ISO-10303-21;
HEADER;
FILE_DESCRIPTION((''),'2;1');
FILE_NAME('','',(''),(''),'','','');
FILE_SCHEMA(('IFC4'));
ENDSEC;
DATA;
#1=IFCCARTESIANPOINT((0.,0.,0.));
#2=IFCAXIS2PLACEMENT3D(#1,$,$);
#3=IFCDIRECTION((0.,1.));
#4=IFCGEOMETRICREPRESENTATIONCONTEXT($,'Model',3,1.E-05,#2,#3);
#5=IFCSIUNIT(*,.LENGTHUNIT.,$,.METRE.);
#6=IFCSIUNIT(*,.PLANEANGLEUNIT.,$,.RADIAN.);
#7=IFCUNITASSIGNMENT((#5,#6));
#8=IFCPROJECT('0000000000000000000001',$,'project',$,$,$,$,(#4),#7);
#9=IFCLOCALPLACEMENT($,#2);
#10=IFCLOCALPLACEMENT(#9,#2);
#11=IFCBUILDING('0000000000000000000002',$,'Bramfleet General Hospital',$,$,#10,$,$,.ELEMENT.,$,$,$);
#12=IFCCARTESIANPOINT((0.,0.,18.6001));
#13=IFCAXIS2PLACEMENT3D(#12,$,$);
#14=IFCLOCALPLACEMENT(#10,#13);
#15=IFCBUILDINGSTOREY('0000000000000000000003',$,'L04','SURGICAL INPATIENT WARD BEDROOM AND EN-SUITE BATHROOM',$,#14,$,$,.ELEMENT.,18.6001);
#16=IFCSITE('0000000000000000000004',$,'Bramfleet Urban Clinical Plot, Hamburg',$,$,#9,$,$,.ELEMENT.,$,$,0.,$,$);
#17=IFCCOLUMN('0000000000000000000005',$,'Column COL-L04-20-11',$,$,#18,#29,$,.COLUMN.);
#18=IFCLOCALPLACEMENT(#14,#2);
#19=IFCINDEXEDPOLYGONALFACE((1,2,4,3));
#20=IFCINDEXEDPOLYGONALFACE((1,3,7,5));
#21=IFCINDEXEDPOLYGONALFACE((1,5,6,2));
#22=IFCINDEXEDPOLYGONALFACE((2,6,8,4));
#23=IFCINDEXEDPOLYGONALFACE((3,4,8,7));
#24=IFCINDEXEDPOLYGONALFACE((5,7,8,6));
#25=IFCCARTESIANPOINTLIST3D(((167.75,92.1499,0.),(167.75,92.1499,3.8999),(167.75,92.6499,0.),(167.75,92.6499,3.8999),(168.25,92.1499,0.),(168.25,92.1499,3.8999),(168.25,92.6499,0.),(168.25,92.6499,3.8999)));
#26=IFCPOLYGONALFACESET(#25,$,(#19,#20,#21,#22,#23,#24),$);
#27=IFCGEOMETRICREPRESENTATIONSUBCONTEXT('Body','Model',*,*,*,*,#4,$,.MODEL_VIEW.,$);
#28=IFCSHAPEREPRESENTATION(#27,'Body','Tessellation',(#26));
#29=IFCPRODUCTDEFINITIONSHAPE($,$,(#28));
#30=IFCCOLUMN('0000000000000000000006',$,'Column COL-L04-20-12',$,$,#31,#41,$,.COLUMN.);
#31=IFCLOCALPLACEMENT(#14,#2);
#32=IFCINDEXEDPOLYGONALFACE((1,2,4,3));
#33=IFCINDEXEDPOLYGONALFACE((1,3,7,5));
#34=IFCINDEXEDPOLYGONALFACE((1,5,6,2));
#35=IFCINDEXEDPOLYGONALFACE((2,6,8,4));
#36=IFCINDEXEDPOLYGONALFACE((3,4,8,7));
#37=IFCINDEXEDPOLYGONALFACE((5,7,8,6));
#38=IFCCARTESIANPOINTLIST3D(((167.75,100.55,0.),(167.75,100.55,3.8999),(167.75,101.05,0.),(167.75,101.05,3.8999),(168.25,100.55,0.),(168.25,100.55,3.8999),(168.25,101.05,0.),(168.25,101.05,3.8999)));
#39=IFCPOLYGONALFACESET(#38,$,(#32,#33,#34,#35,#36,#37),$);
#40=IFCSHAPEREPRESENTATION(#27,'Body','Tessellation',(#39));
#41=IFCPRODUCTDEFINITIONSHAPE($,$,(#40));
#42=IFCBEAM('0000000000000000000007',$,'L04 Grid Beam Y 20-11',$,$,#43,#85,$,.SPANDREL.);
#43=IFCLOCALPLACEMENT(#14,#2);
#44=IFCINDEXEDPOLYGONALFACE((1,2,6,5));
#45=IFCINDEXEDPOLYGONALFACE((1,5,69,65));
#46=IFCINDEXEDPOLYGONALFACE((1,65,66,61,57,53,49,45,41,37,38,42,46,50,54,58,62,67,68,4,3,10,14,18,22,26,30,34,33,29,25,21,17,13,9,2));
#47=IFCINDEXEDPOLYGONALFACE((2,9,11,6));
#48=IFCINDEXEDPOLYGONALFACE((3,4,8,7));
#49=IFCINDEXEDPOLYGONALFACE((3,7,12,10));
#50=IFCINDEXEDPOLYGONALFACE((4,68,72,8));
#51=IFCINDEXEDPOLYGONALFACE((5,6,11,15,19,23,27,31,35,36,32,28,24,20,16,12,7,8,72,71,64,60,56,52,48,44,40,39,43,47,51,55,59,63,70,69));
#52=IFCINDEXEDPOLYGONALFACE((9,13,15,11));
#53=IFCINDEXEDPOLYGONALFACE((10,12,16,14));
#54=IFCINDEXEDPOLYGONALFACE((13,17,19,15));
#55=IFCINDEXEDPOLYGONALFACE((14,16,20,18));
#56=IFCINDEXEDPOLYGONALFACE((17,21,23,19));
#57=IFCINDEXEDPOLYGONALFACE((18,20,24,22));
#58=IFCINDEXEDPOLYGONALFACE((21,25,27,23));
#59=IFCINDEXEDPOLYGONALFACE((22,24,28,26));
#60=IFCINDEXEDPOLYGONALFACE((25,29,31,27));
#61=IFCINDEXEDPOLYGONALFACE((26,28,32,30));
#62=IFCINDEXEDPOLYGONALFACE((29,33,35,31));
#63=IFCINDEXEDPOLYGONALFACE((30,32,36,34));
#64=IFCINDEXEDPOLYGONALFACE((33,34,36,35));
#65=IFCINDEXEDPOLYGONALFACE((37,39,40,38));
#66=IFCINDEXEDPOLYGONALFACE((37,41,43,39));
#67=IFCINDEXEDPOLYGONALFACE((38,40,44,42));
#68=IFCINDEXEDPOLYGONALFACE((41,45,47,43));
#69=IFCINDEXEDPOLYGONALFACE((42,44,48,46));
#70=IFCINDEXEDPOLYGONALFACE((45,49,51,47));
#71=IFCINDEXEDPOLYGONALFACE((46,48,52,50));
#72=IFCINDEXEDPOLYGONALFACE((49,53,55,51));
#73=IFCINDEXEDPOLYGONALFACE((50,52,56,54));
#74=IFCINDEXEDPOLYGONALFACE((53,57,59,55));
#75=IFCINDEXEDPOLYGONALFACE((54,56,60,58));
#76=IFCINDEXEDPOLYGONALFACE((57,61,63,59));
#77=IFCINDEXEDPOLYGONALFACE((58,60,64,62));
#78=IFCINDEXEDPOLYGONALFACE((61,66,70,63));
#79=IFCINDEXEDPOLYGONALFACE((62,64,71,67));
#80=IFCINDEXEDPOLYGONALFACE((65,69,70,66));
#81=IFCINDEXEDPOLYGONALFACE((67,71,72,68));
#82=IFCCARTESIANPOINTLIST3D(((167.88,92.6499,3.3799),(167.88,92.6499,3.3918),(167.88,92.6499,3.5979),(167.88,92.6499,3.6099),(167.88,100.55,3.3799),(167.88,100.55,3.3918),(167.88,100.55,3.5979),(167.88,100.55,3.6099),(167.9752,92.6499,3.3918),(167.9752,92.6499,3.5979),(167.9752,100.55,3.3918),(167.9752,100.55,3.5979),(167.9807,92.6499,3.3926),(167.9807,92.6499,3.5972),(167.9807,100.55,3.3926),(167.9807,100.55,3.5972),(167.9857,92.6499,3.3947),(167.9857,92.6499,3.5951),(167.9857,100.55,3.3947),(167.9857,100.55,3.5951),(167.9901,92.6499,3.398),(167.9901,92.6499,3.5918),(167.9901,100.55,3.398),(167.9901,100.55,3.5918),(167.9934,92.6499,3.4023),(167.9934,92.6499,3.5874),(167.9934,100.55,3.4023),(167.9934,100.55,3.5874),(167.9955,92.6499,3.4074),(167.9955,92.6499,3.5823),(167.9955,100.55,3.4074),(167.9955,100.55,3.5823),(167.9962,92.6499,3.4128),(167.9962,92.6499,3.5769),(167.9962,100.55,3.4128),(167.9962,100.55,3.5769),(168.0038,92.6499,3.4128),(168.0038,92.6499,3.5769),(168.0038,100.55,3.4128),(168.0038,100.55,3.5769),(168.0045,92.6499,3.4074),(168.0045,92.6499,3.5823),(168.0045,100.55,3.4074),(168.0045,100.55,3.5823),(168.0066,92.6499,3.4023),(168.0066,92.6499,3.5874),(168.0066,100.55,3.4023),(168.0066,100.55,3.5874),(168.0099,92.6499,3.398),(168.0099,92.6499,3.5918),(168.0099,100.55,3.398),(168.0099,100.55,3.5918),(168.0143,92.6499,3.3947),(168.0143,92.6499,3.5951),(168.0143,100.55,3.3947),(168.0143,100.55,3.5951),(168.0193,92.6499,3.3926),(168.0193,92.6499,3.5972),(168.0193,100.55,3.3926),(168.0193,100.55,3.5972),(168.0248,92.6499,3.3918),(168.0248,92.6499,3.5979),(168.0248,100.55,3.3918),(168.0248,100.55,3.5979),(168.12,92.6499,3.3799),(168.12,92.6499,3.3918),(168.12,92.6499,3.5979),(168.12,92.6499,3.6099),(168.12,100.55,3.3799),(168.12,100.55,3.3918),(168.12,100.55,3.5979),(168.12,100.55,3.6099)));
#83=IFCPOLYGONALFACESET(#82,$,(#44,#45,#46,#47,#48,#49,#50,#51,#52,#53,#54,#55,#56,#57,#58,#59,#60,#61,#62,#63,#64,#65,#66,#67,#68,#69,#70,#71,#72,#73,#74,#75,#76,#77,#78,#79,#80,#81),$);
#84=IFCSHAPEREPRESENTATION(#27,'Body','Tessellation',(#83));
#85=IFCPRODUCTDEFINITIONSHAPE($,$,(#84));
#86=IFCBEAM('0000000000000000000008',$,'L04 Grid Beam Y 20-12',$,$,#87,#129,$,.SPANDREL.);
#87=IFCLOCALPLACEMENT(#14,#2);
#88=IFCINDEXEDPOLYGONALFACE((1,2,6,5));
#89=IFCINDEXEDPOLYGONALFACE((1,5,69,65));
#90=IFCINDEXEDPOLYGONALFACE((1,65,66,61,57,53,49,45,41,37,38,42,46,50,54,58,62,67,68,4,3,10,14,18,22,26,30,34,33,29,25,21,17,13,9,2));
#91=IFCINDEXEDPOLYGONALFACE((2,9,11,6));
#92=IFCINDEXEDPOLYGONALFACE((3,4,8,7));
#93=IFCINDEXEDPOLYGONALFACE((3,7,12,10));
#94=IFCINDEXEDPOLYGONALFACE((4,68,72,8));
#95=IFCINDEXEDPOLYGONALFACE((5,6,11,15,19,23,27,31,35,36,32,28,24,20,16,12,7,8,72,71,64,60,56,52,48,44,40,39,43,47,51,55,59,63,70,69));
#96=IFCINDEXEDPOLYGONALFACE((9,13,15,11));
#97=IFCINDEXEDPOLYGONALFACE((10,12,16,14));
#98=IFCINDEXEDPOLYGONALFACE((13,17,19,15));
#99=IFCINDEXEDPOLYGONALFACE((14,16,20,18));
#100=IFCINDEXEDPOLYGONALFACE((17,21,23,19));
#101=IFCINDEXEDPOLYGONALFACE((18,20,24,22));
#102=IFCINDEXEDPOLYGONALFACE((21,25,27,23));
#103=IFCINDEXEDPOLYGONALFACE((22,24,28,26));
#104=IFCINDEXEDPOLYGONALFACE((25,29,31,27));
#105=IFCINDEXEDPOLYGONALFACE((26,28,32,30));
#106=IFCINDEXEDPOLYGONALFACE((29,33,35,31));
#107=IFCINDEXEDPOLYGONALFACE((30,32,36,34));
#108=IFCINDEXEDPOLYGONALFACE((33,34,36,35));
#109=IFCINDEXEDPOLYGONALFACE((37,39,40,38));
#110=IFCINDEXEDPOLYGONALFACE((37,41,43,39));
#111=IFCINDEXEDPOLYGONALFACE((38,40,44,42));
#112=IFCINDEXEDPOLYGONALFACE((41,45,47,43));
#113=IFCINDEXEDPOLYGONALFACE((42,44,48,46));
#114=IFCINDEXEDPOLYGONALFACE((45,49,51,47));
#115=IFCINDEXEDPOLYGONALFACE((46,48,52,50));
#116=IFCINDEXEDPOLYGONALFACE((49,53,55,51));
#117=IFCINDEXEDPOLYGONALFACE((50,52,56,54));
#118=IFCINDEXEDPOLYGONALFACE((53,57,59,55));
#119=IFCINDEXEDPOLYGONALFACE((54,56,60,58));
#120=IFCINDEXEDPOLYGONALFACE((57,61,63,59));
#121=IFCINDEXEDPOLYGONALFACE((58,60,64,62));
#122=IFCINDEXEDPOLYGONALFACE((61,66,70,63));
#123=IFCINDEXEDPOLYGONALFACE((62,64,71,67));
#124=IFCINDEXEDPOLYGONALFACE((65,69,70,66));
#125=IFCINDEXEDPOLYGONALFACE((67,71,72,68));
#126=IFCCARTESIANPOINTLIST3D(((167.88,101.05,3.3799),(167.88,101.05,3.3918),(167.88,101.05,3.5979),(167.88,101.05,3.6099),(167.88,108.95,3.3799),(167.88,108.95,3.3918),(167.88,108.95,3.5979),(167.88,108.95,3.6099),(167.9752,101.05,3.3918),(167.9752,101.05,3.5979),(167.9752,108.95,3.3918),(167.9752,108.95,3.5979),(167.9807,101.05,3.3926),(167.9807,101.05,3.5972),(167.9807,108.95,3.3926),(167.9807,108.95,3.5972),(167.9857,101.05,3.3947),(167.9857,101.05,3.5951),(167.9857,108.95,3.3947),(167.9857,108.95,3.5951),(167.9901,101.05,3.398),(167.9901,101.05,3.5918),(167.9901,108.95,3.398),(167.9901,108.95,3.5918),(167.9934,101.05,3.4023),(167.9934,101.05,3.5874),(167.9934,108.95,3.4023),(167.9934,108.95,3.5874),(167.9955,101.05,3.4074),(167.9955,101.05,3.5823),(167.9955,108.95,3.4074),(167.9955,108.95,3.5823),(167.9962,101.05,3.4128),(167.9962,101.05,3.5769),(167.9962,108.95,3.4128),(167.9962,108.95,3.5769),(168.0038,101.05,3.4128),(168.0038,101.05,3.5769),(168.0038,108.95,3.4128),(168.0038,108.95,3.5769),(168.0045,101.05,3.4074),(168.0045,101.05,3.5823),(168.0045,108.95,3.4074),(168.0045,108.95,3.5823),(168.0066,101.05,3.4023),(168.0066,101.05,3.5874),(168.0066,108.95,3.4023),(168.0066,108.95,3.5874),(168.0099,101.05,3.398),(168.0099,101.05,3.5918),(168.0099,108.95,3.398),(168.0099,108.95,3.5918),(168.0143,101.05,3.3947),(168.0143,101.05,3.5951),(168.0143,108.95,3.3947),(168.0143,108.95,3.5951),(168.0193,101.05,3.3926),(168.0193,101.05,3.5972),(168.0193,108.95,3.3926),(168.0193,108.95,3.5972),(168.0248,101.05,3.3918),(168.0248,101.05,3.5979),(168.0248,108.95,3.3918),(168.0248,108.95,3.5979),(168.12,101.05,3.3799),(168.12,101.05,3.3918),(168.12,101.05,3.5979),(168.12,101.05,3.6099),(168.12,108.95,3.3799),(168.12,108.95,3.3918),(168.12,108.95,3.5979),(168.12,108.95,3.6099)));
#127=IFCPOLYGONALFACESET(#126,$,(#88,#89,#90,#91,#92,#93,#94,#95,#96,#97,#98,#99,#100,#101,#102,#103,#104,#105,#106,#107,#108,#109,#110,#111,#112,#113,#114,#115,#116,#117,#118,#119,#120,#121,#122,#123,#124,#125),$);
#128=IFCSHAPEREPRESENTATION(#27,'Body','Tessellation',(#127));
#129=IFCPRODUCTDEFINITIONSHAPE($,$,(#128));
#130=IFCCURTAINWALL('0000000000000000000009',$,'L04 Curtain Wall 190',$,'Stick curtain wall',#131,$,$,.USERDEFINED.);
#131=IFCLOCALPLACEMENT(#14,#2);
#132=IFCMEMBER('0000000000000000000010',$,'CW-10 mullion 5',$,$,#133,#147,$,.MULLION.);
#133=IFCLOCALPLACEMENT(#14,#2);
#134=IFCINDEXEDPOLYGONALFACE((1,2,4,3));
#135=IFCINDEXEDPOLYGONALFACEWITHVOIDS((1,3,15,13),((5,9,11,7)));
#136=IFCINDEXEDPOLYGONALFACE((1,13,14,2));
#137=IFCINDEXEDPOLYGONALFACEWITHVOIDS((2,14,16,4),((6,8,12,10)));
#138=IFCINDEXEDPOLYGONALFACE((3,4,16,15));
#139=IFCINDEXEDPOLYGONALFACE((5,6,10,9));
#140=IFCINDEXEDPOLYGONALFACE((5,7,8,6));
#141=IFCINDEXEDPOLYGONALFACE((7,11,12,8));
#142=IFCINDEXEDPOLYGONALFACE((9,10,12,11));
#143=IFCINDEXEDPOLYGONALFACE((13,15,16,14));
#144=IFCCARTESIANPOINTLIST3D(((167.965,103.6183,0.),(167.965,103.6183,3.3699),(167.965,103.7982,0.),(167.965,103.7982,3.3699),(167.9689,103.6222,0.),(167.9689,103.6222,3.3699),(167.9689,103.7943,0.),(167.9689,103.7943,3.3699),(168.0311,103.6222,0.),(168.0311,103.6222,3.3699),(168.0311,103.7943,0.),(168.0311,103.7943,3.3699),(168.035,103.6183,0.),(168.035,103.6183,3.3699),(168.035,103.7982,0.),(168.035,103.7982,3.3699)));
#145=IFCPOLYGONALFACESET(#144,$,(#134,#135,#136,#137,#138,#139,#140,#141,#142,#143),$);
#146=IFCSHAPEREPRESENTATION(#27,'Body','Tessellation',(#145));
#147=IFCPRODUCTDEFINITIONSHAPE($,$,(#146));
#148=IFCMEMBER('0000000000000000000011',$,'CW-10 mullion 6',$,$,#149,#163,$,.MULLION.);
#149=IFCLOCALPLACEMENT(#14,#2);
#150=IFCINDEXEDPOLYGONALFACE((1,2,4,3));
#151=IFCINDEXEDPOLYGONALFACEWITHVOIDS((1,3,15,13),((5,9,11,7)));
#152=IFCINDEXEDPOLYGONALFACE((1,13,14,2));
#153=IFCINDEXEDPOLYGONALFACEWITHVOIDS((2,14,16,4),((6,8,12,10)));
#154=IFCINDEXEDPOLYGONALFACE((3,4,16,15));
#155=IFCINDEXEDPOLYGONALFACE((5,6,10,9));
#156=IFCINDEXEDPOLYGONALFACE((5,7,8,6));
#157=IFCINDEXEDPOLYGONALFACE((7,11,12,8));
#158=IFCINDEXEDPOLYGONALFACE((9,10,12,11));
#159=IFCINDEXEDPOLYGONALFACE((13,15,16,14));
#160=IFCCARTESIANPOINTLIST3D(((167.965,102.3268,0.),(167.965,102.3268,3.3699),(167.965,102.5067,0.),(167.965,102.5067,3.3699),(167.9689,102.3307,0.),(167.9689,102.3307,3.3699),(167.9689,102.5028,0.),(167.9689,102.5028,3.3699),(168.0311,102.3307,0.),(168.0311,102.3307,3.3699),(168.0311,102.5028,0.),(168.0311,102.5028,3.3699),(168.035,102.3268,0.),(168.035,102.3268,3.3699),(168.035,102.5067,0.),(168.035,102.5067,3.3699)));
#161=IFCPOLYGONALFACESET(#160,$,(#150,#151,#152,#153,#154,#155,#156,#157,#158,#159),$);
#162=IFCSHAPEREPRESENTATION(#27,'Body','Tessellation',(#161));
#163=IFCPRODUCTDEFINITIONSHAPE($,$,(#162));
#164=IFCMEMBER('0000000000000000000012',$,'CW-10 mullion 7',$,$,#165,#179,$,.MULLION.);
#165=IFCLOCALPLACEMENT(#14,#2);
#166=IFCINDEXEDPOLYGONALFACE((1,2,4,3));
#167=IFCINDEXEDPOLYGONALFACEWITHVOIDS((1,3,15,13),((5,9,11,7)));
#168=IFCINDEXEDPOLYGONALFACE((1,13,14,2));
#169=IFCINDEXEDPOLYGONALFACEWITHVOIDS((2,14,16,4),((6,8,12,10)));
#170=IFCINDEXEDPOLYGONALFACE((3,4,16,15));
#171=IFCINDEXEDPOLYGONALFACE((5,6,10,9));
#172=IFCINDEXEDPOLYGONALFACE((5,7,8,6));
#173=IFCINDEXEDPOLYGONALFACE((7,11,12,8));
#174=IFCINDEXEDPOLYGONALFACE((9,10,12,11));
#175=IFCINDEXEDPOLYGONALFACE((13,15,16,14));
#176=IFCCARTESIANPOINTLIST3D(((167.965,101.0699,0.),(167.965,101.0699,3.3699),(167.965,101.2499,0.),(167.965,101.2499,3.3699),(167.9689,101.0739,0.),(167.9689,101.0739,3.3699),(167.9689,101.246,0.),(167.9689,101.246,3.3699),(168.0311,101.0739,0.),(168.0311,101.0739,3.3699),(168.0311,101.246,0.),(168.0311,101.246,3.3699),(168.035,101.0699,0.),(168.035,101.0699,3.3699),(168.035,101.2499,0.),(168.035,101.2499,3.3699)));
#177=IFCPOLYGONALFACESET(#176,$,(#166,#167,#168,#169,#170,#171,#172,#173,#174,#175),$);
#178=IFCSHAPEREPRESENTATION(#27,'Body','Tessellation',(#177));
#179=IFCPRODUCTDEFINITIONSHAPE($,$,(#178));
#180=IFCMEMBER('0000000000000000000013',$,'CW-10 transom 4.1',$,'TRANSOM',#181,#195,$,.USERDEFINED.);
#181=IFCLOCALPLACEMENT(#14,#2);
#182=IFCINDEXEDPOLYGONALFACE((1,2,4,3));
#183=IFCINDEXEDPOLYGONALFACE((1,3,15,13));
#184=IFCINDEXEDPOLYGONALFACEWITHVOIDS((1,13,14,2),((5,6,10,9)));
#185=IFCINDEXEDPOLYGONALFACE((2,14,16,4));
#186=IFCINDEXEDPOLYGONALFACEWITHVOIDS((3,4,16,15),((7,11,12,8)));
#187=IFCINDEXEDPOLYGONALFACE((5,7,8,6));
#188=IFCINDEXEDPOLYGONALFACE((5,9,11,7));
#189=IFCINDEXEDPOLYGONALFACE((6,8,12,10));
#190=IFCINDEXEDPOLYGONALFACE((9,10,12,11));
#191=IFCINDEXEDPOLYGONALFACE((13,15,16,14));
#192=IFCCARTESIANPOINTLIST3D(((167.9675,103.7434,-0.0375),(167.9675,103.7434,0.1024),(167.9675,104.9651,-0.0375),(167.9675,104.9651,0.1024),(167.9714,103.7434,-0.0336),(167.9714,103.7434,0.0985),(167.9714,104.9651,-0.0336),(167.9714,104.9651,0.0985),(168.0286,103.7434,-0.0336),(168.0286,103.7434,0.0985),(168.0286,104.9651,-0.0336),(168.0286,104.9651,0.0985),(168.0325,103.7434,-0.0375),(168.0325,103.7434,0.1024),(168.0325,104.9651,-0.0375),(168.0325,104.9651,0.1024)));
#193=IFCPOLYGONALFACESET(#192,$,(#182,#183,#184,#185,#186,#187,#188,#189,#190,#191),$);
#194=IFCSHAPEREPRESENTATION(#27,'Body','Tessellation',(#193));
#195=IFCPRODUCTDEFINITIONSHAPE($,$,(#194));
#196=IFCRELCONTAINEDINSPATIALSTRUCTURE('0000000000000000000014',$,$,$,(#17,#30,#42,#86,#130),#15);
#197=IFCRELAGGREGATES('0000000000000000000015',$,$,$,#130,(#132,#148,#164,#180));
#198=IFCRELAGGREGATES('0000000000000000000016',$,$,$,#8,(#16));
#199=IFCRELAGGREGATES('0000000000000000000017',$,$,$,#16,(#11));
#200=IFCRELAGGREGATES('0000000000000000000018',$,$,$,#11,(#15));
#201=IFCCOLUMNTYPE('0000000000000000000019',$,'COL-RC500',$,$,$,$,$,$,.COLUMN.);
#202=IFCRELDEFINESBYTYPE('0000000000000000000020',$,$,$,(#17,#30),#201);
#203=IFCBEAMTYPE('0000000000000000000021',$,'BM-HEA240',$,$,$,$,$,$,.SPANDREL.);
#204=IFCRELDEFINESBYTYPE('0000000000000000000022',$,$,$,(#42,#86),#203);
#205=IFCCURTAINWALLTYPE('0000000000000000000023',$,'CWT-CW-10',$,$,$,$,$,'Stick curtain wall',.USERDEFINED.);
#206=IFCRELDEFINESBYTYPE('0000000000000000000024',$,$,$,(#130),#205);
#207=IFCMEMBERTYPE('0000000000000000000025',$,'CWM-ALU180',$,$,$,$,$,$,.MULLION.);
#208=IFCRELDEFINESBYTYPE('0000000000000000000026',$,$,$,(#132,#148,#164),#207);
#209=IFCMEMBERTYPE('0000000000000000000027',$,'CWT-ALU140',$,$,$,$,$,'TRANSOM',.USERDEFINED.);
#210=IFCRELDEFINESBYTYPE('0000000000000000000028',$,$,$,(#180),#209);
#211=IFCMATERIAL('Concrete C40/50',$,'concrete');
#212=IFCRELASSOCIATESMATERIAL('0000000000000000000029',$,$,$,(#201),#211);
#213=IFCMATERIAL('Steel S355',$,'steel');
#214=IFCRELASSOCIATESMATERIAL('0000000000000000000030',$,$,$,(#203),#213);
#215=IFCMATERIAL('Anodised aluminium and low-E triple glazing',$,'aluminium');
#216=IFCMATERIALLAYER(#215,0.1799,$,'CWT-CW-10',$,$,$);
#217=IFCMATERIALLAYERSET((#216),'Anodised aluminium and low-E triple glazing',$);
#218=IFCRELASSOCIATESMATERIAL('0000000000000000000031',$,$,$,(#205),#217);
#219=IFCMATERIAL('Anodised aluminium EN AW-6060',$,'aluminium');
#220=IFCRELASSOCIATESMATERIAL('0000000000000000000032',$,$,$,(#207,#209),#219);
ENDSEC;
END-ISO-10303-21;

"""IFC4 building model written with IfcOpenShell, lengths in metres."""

from ifc_helpers import new_model, si_unit, direction, frame, origin, origin_2d, place, context, subcontext, project, spatial, rectangle, hollow_rectangle, i_section, extrude, material, layer, layer_set, material_profile, profile_set, type_object, element, aggregate, save


model = new_model("IFC4")

# Units and contexts
model_context = context("Model", 3, precision=1e-05, world=origin(), true_north=direction((0.0, 1.0)))
body_context = subcontext(model_context, "Body", "Model", "MODEL_VIEW")
ifc_project = project(units=[si_unit("LENGTHUNIT", "METRE"), si_unit("PLANEANGLEUNIT", "RADIAN")], contexts=[model_context])

# Site, building, storey
site_placement = place(None, origin())
site = spatial("IfcSite", under=ifc_project, at=site_placement, Name="Bramfleet Urban Clinical Plot, Hamburg", CompositionType="ELEMENT", RefElevation=0.0)
building_placement = place(site_placement, origin())
building = spatial("IfcBuilding", under=site, at=building_placement, Name="Bramfleet General Hospital", CompositionType="ELEMENT")
storey_placement = place(building_placement, frame((0.0, 0.0, 18.6001)))
storey = spatial("IfcBuildingStorey", under=building, at=storey_placement, Name="L04", Description="SURGICAL INPATIENT WARD BEDROOM AND EN-SUITE BATHROOM", CompositionType="ELEMENT", Elevation=18.6001)

# Columns
ifc_material_1 = material(Name="Concrete C40/50", Category="concrete")
ifc_material_profile_1 = material_profile(ifc_material_1, rectangle(XDim=0.5, YDim=0.5, at=origin_2d()), Name="RC COL 500x500")
ifc_profile_set_1 = profile_set([ifc_material_profile_1], Name="Concrete C40/50")
column_type = type_object("IfcColumnType", Name="COL-RC500", PredefinedType="COLUMN", material=ifc_profile_set_1)
for number, where, z_axis, x_axis, name in (
    (1, (168.0, 92.3999, 0.0), (0.0, 0.0, 1.0), (1.0, 0.0, 0.0), "Column COL-L04-20-11"),
    (2, (168.0, 100.8, 0.0), (0.0, 0.0, 1.0), (1.0, 0.0, 0.0), "Column COL-L04-20-12"),
):
    element("IfcColumn", number, at=place(storey_placement, frame(where, z_axis=z_axis, x_axis=x_axis)), inside=storey, type_object=column_type, Name=name, PredefinedType="COLUMN", context=body_context, shape_type="SweptSolid", body=[
        extrude(rectangle(XDim=0.5, YDim=0.5, at=origin_2d()), origin(), (0.0, 0.0, 1.0), 3.8999),
    ])

# Beams
ifc_material_2 = material(Name="Steel S355", Category="steel")
ifc_material_profile_2 = material_profile(ifc_material_2, i_section(OverallWidth=0.24, OverallDepth=0.23, WebThickness=0.0076, FlangeThickness=0.012, FilletRadius=0.021, at=origin_2d()), Name="HEA 240")
ifc_profile_set_2 = profile_set([ifc_material_profile_2], Name="Steel S355")
beam_type = type_object("IfcBeamType", Name="BM-HEA240", PredefinedType="SPANDREL", material=ifc_profile_set_2)
beam_1_placement = place(storey_placement, frame((168.0, 92.6499, 3.4949), z_axis=(0.0, 1.0, 0.0), x_axis=(-1.0, 0.0, 0.0)))
element("IfcBeam", 3, at=beam_1_placement, inside=storey, type_object=beam_type, Name="L04 Grid Beam Y 20-11", PredefinedType="SPANDREL", context=body_context, shape_type="SweptSolid", body=[
    extrude(i_section(OverallWidth=0.24, OverallDepth=0.23, WebThickness=0.0076, FlangeThickness=0.012, FilletRadius=0.021, at=origin_2d()), origin(), (0.0, 0.0, 1.0), 7.9001),
])
beam_2_placement = place(storey_placement, frame((168.0, 101.05, 3.4949), z_axis=(0.0, 1.0, 0.0), x_axis=(-1.0, 0.0, 0.0)))
element("IfcBeam", 4, at=beam_2_placement, inside=storey, type_object=beam_type, Name="L04 Grid Beam Y 20-12", PredefinedType="SPANDREL", context=body_context, shape_type="SweptSolid", body=[
    extrude(i_section(OverallWidth=0.24, OverallDepth=0.23, WebThickness=0.0076, FlangeThickness=0.012, FilletRadius=0.021, at=origin_2d()), origin(), (0.0, 0.0, 1.0), 7.8999),
])

# Curtain wall, members
ifc_material_3 = material(Name="Anodised aluminium and low-E triple glazing", Category="aluminium")
ifc_layer_1 = layer(ifc_material_3, 0.1799, Name="CWT-CW-10")
ifc_layer_set_1 = layer_set([ifc_layer_1], Name="Anodised aluminium and low-E triple glazing")
curtain_wall_type = type_object("IfcCurtainWallType", Name="CWT-CW-10", ElementType="Stick curtain wall", PredefinedType="USERDEFINED", material=ifc_layer_set_1)
curtain_wall_placement = place(storey_placement, origin())
curtain_wall = element("IfcCurtainWall", 5, at=curtain_wall_placement, inside=storey, type_object=curtain_wall_type, Name="L04 Curtain Wall 190", ObjectType="Stick curtain wall", PredefinedType="USERDEFINED")
ifc_material_4 = material(Name="Anodised aluminium EN AW-6060", Category="aluminium")
ifc_material_profile_3 = material_profile(ifc_material_4, hollow_rectangle(XDim=0.0701, YDim=0.1799, WallThickness=0.0039, at=origin_2d()), Name="ALU 180x70x4.0")
ifc_profile_set_3 = profile_set([ifc_material_profile_3], Name="Anodised aluminium EN AW-6060")
member_type_1 = type_object("IfcMemberType", Name="CWM-ALU180", PredefinedType="MULLION", material=ifc_profile_set_3)
member_1_placement = place(storey_placement, frame((168.0, 103.7083, 0.0), z_axis=(0.0, 0.0, 1.0), x_axis=(1.0, 0.0, 0.0)))
member_1 = element("IfcMember", 6, at=member_1_placement, type_object=member_type_1, Name="CW-10 mullion 5", PredefinedType="MULLION", context=body_context, shape_type="SweptSolid", body=[
    extrude(hollow_rectangle(XDim=0.0701, YDim=0.1799, WallThickness=0.0039, at=origin_2d()), origin(), (0.0, 0.0, 1.0), 3.3699),
])
member_2_placement = place(storey_placement, frame((168.0, 102.4167, 0.0), z_axis=(0.0, 0.0, 1.0), x_axis=(1.0, 0.0, 0.0)))
member_2 = element("IfcMember", 7, at=member_2_placement, type_object=member_type_1, Name="CW-10 mullion 6", PredefinedType="MULLION", context=body_context, shape_type="SweptSolid", body=[
    extrude(hollow_rectangle(XDim=0.0701, YDim=0.1799, WallThickness=0.0039, at=origin_2d()), origin(), (0.0, 0.0, 1.0), 3.3699),
])
member_3_placement = place(storey_placement, frame((168.0, 101.1599, 0.0), z_axis=(0.0, 0.0, 1.0), x_axis=(1.0, 0.0, 0.0)))
member_3 = element("IfcMember", 8, at=member_3_placement, type_object=member_type_1, Name="CW-10 mullion 7", PredefinedType="MULLION", context=body_context, shape_type="SweptSolid", body=[
    extrude(hollow_rectangle(XDim=0.0701, YDim=0.1799, WallThickness=0.0039, at=origin_2d()), origin(), (0.0, 0.0, 1.0), 3.3699),
])
ifc_material_profile_4 = material_profile(ifc_material_4, hollow_rectangle(XDim=0.0649, YDim=0.1399, WallThickness=0.0039, at=origin_2d()), Name="ALU 140x65x4.0")
ifc_profile_set_4 = profile_set([ifc_material_profile_4], Name="Anodised aluminium EN AW-6060")
member_type_2 = type_object("IfcMemberType", Name="CWT-ALU140", ElementType="TRANSOM", PredefinedType="USERDEFINED", material=ifc_profile_set_4)
member_4_placement = place(storey_placement, frame((168.0, 104.9651, 0.0325), z_axis=(0.0, -1.0, 0.0), x_axis=(1.0, 0.0, 0.0)))
member_4 = element("IfcMember", 9, at=member_4_placement, type_object=member_type_2, Name="CW-10 transom 4.1", ObjectType="TRANSOM", PredefinedType="USERDEFINED", context=body_context, shape_type="SweptSolid", body=[
    extrude(hollow_rectangle(XDim=0.0649, YDim=0.1399, WallThickness=0.0039, at=origin_2d()), origin(), (0.0, 0.0, 1.0), 1.2217),
])
aggregate(curtain_wall, [member_1, member_2, member_3, member_4])

save(model, "model.ifc")
